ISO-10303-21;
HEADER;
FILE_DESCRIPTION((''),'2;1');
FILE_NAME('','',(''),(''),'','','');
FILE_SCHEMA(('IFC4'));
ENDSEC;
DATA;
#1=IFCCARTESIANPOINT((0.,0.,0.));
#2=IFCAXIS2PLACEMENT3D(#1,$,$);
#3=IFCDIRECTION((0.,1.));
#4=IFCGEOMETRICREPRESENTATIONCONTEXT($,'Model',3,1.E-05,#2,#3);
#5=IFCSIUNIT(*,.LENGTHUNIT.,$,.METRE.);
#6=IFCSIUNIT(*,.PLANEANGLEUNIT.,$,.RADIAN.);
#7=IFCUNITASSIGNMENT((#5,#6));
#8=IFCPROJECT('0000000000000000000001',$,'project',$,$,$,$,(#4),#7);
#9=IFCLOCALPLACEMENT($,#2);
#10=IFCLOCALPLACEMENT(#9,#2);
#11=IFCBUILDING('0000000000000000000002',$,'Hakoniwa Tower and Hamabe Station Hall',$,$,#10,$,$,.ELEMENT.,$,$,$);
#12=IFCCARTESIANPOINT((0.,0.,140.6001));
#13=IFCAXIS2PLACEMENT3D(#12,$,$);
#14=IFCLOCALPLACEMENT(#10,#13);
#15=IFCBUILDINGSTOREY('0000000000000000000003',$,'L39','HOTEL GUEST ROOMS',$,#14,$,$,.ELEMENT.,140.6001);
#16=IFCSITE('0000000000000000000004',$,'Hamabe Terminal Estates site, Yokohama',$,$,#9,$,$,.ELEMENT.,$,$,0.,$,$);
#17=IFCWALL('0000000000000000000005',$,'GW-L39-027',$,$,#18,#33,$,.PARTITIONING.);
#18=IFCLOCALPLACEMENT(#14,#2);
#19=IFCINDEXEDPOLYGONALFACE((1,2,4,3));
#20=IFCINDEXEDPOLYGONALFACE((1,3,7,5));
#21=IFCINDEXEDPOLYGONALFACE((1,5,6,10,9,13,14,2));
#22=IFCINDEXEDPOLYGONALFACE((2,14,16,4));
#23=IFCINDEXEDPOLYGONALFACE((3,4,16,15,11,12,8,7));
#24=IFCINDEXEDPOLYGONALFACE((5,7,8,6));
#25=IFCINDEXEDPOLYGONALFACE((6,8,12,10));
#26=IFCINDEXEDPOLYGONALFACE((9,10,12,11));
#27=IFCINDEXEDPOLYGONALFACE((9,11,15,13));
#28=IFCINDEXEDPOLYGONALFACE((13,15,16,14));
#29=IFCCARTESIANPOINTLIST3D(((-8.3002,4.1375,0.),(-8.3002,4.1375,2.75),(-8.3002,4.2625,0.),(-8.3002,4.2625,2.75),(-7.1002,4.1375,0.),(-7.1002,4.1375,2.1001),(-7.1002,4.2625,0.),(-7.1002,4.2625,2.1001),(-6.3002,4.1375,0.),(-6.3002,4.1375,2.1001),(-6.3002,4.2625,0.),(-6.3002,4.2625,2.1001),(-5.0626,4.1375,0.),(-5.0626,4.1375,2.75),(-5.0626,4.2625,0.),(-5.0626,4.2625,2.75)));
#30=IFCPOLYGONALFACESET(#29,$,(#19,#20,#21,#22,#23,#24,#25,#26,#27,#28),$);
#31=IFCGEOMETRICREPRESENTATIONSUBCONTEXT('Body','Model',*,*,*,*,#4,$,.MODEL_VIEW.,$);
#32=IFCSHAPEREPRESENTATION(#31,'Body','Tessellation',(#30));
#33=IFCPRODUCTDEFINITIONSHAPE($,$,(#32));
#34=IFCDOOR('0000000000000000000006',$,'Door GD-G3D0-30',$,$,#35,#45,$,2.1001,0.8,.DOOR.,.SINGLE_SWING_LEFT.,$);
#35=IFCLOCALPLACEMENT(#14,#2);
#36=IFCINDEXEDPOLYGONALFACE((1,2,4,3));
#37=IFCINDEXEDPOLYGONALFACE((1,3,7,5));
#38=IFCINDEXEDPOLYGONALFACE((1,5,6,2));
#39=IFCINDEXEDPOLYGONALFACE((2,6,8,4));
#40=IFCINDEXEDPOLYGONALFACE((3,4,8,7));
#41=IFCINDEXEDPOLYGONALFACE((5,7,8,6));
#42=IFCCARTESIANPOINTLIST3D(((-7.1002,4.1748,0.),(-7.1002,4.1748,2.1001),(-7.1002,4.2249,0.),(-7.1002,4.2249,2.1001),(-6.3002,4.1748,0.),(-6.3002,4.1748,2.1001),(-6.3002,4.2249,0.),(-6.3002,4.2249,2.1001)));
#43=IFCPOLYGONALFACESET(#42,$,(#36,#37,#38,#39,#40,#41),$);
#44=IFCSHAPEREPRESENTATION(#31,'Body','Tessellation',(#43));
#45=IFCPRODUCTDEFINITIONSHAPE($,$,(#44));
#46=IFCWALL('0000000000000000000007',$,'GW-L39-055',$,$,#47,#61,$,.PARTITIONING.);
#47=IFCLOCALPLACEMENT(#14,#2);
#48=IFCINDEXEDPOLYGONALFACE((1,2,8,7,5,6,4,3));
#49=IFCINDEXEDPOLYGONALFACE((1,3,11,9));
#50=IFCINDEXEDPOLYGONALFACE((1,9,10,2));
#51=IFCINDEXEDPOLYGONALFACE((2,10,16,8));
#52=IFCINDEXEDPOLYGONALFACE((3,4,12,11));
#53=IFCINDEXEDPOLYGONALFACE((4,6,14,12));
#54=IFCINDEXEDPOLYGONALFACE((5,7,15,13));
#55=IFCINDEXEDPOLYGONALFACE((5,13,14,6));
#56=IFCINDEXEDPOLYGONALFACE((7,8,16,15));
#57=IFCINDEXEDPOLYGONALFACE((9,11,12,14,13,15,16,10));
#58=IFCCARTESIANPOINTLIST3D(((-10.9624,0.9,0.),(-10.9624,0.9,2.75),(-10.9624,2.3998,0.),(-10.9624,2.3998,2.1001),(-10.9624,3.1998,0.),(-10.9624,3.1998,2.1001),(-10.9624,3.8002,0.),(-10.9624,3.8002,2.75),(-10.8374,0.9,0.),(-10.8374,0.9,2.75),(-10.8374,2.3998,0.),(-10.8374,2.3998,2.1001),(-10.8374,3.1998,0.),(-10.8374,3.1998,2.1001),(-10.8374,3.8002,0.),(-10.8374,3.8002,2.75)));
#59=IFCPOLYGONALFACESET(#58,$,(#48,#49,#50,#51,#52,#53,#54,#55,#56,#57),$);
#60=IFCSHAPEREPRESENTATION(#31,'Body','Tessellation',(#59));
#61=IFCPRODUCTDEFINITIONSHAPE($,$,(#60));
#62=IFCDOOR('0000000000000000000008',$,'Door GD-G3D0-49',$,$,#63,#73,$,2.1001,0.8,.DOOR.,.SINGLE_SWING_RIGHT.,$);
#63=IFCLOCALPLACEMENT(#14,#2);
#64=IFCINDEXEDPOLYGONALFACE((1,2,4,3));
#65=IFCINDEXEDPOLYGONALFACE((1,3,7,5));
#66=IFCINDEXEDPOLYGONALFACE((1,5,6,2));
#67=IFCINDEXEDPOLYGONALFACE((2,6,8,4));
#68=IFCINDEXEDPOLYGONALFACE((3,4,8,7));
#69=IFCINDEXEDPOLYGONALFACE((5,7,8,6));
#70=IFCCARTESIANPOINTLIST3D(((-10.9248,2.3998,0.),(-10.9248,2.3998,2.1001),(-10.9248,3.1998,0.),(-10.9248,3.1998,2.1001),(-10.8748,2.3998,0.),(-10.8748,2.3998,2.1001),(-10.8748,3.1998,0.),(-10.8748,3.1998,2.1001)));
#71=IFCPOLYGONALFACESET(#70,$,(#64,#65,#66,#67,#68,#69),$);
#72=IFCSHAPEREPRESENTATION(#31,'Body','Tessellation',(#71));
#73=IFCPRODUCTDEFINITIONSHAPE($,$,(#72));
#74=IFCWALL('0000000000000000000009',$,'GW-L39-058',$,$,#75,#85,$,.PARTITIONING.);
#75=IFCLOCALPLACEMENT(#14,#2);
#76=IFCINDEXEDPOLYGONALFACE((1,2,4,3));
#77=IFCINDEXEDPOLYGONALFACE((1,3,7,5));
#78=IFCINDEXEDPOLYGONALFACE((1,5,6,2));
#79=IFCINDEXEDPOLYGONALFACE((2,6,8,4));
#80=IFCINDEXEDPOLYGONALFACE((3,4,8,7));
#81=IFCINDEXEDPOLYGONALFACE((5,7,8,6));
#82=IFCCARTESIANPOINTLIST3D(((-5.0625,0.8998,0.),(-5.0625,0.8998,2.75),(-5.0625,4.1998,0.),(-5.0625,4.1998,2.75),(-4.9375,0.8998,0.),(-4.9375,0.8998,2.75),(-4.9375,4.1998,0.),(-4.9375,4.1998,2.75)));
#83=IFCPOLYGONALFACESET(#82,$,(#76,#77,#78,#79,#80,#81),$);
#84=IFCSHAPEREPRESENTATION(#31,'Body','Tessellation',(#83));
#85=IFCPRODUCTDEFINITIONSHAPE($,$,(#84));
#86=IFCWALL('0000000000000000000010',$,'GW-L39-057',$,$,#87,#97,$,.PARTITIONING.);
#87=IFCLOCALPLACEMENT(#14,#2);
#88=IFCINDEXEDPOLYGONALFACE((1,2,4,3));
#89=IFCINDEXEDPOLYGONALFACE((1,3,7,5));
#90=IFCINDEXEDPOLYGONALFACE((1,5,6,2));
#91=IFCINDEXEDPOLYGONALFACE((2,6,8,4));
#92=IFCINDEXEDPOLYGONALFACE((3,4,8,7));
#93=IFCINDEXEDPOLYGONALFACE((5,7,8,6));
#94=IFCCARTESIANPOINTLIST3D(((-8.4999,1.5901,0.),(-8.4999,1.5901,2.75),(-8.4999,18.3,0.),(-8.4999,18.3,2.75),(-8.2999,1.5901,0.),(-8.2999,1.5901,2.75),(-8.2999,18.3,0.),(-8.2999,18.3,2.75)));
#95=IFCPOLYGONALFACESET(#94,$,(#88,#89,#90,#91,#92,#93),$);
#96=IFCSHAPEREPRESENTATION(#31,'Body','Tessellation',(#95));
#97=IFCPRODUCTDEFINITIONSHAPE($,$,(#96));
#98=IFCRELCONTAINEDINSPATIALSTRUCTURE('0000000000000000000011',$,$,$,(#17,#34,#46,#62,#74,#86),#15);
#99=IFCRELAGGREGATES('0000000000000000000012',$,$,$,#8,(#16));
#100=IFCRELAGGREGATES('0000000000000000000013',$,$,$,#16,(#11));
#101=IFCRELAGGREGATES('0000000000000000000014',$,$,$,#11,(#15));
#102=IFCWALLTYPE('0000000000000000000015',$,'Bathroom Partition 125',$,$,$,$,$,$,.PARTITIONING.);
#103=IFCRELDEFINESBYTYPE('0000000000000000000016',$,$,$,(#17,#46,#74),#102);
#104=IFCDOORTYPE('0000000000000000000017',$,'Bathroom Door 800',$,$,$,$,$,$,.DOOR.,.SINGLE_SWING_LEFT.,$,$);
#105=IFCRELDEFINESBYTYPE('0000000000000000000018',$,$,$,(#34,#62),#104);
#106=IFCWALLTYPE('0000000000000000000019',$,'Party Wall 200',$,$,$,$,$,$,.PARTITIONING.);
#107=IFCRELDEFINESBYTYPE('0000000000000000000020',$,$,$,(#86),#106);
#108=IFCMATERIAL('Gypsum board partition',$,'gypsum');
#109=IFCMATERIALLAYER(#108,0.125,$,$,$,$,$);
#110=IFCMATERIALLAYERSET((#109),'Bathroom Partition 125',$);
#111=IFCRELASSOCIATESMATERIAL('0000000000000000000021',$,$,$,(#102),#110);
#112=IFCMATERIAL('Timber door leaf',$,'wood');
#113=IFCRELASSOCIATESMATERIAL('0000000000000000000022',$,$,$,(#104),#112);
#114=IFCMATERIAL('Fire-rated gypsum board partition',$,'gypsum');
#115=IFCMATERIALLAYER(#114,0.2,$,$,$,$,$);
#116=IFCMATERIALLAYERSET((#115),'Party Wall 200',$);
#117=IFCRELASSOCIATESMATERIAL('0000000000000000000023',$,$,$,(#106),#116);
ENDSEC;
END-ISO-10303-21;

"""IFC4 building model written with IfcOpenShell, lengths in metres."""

from ifc_helpers import new_model, si_unit, direction, frame, frame_2d, origin, place, context, subcontext, project, spatial, rectangle, extrude, material, layer, layer_set, type_object, element, fill, save


model = new_model("IFC4")

# Units and contexts
model_context = context("Model", 3, precision=1e-05, world=origin(), true_north=direction((0.0, 1.0)))
body_context = subcontext(model_context, "Body", "Model", "MODEL_VIEW")
ifc_project = project(units=[si_unit("LENGTHUNIT", "METRE"), si_unit("PLANEANGLEUNIT", "RADIAN")], contexts=[model_context])

# Site, building, storey
site_placement = place(None, origin())
site = spatial("IfcSite", under=ifc_project, at=site_placement, Name="Hamabe Terminal Estates site, Yokohama", CompositionType="ELEMENT", RefElevation=0.0)
building_placement = place(site_placement, origin())
building = spatial("IfcBuilding", under=site, at=building_placement, Name="Hakoniwa Tower and Hamabe Station Hall", CompositionType="ELEMENT")
storey_placement = place(building_placement, frame((0.0, 0.0, 140.6001)))
storey = spatial("IfcBuildingStorey", under=building, at=storey_placement, Name="L39", Description="HOTEL GUEST ROOMS", CompositionType="ELEMENT", Elevation=140.6001)

# Shared definitions
ifc_material_1 = material(Name="Gypsum board partition", Category="gypsum")
ifc_layer_1 = layer(ifc_material_1, 0.125)
ifc_layer_set_1 = layer_set([ifc_layer_1], Name="Bathroom Partition 125")
wall_type_1 = type_object("IfcWallType", Name="Bathroom Partition 125", PredefinedType="PARTITIONING", material=ifc_layer_set_1)

# Walls, openings, doors
wall_1_placement = place(storey_placement, frame((-8.3, 4.2, 0.0), z_axis=(0.0, 0.0, 1.0), x_axis=(1.0, 0.0, 0.0)))
wall_1 = element("IfcWall", 1, at=wall_1_placement, inside=storey, type_object=wall_type_1, Name="GW-L39-027", PredefinedType="PARTITIONING", context=body_context, shape_type="SweptSolid", body=[
    extrude(rectangle(XDim=3.2375, YDim=0.125, at=frame_2d((1.6187, 0.0))), origin(), (0.0, 0.0, 1.0), 2.75),
])
opening_1_placement = place(wall_1_placement, frame((1.2, 0.0, 0.0)))
opening_1 = element("IfcOpeningElement", 2, at=opening_1_placement, cuts=wall_1, PredefinedType="OPENING", context=body_context, shape_type="SweptSolid", body=[
    extrude(rectangle(XDim=0.8, YDim=2.1001, at=frame_2d((0.3999, 1.05))), frame((0.0, 0.0725, 0.0), z_axis=(0.0, -1.0, 0.0), x_axis=(1.0, 0.0, 0.0)), (0.0, 0.0, 1.0), 0.145),
])
ifc_material_2 = material(Name="Timber door leaf", Category="wood")
door_type = type_object("IfcDoorType", Name="Bathroom Door 800", OperationType="SINGLE_SWING_LEFT", PredefinedType="DOOR", material=ifc_material_2)
door_1_placement = place(opening_1_placement, origin())
door_1 = element("IfcDoor", 3, at=door_1_placement, inside=storey, type_object=door_type, Name="Door GD-G3D0-30", OperationType="SINGLE_SWING_LEFT", OverallHeight=2.1001, OverallWidth=0.8, PredefinedType="DOOR", context=body_context, shape_type="SweptSolid", body=[
    extrude(rectangle(XDim=0.8, YDim=2.1001, at=frame_2d((0.3999, 1.05))), frame((0.0, 0.0249, 0.0), z_axis=(0.0, -1.0, 0.0), x_axis=(1.0, 0.0, 0.0)), (0.0, 0.0, 1.0), 0.05),
])
fill(opening_1, door_1)
wall_2_placement = place(storey_placement, frame((-10.8999, 0.8999, 0.0), z_axis=(0.0, 0.0, 1.0), x_axis=(0.0, 1.0, 0.0)))
wall_2 = element("IfcWall", 4, at=wall_2_placement, inside=storey, type_object=wall_type_1, Name="GW-L39-055", PredefinedType="PARTITIONING", context=body_context, shape_type="SweptSolid", body=[
    extrude(rectangle(XDim=2.9001, YDim=0.125, at=frame_2d((1.4502, 0.0))), origin(), (0.0, 0.0, 1.0), 2.75),
])
opening_2_placement = place(wall_2_placement, frame((1.5, 0.0, 0.0)))
opening_2 = element("IfcOpeningElement", 5, at=opening_2_placement, cuts=wall_2, PredefinedType="OPENING", context=body_context, shape_type="SweptSolid", body=[
    extrude(rectangle(XDim=0.8, YDim=2.1001, at=frame_2d((0.3999, 1.05))), frame((0.0, 0.0725, 0.0), z_axis=(0.0, -1.0, 0.0), x_axis=(1.0, 0.0, 0.0)), (0.0, 0.0, 1.0), 0.145),
])
door_2_placement = place(opening_2_placement, origin())
door_2 = element("IfcDoor", 6, at=door_2_placement, inside=storey, type_object=door_type, Name="Door GD-G3D0-49", OperationType="SINGLE_SWING_RIGHT", OverallHeight=2.1001, OverallWidth=0.8, PredefinedType="DOOR", context=body_context, shape_type="SweptSolid", body=[
    extrude(rectangle(XDim=0.8, YDim=2.1001, at=frame_2d((0.3999, 1.05))), frame((0.0, 0.0249, 0.0), z_axis=(0.0, -1.0, 0.0), x_axis=(1.0, 0.0, 0.0)), (0.0, 0.0, 1.0), 0.05),
])
fill(opening_2, door_2)

# Walls
wall_3_placement = place(storey_placement, frame((-5.0, 0.8999, 0.0), z_axis=(0.0, 0.0, 1.0), x_axis=(0.0, 1.0, 0.0)))
element("IfcWall", 7, at=wall_3_placement, inside=storey, type_object=wall_type_1, Name="GW-L39-058", PredefinedType="PARTITIONING", context=body_context, shape_type="SweptSolid", body=[
    extrude(rectangle(XDim=3.3, YDim=0.125, at=frame_2d((1.6499, 0.0))), origin(), (0.0, 0.0, 1.0), 2.75),
])
ifc_material_3 = material(Name="Fire-rated gypsum board partition", Category="gypsum")
ifc_layer_2 = layer(ifc_material_3, 0.2)
ifc_layer_set_2 = layer_set([ifc_layer_2], Name="Party Wall 200")
wall_type_2 = type_object("IfcWallType", Name="Party Wall 200", PredefinedType="PARTITIONING", material=ifc_layer_set_2)
wall_4_placement = place(storey_placement, frame((-8.3999, 1.5901, 0.0), z_axis=(0.0, 0.0, 1.0), x_axis=(0.0, 1.0, 0.0)))
element("IfcWall", 8, at=wall_4_placement, inside=storey, type_object=wall_type_2, Name="GW-L39-057", PredefinedType="PARTITIONING", context=body_context, shape_type="SweptSolid", body=[
    extrude(rectangle(XDim=16.71, YDim=0.2, at=frame_2d((8.355, 0.0))), origin(), (0.0, 0.0, 1.0), 2.75),
])

save(model, "model.ifc")
